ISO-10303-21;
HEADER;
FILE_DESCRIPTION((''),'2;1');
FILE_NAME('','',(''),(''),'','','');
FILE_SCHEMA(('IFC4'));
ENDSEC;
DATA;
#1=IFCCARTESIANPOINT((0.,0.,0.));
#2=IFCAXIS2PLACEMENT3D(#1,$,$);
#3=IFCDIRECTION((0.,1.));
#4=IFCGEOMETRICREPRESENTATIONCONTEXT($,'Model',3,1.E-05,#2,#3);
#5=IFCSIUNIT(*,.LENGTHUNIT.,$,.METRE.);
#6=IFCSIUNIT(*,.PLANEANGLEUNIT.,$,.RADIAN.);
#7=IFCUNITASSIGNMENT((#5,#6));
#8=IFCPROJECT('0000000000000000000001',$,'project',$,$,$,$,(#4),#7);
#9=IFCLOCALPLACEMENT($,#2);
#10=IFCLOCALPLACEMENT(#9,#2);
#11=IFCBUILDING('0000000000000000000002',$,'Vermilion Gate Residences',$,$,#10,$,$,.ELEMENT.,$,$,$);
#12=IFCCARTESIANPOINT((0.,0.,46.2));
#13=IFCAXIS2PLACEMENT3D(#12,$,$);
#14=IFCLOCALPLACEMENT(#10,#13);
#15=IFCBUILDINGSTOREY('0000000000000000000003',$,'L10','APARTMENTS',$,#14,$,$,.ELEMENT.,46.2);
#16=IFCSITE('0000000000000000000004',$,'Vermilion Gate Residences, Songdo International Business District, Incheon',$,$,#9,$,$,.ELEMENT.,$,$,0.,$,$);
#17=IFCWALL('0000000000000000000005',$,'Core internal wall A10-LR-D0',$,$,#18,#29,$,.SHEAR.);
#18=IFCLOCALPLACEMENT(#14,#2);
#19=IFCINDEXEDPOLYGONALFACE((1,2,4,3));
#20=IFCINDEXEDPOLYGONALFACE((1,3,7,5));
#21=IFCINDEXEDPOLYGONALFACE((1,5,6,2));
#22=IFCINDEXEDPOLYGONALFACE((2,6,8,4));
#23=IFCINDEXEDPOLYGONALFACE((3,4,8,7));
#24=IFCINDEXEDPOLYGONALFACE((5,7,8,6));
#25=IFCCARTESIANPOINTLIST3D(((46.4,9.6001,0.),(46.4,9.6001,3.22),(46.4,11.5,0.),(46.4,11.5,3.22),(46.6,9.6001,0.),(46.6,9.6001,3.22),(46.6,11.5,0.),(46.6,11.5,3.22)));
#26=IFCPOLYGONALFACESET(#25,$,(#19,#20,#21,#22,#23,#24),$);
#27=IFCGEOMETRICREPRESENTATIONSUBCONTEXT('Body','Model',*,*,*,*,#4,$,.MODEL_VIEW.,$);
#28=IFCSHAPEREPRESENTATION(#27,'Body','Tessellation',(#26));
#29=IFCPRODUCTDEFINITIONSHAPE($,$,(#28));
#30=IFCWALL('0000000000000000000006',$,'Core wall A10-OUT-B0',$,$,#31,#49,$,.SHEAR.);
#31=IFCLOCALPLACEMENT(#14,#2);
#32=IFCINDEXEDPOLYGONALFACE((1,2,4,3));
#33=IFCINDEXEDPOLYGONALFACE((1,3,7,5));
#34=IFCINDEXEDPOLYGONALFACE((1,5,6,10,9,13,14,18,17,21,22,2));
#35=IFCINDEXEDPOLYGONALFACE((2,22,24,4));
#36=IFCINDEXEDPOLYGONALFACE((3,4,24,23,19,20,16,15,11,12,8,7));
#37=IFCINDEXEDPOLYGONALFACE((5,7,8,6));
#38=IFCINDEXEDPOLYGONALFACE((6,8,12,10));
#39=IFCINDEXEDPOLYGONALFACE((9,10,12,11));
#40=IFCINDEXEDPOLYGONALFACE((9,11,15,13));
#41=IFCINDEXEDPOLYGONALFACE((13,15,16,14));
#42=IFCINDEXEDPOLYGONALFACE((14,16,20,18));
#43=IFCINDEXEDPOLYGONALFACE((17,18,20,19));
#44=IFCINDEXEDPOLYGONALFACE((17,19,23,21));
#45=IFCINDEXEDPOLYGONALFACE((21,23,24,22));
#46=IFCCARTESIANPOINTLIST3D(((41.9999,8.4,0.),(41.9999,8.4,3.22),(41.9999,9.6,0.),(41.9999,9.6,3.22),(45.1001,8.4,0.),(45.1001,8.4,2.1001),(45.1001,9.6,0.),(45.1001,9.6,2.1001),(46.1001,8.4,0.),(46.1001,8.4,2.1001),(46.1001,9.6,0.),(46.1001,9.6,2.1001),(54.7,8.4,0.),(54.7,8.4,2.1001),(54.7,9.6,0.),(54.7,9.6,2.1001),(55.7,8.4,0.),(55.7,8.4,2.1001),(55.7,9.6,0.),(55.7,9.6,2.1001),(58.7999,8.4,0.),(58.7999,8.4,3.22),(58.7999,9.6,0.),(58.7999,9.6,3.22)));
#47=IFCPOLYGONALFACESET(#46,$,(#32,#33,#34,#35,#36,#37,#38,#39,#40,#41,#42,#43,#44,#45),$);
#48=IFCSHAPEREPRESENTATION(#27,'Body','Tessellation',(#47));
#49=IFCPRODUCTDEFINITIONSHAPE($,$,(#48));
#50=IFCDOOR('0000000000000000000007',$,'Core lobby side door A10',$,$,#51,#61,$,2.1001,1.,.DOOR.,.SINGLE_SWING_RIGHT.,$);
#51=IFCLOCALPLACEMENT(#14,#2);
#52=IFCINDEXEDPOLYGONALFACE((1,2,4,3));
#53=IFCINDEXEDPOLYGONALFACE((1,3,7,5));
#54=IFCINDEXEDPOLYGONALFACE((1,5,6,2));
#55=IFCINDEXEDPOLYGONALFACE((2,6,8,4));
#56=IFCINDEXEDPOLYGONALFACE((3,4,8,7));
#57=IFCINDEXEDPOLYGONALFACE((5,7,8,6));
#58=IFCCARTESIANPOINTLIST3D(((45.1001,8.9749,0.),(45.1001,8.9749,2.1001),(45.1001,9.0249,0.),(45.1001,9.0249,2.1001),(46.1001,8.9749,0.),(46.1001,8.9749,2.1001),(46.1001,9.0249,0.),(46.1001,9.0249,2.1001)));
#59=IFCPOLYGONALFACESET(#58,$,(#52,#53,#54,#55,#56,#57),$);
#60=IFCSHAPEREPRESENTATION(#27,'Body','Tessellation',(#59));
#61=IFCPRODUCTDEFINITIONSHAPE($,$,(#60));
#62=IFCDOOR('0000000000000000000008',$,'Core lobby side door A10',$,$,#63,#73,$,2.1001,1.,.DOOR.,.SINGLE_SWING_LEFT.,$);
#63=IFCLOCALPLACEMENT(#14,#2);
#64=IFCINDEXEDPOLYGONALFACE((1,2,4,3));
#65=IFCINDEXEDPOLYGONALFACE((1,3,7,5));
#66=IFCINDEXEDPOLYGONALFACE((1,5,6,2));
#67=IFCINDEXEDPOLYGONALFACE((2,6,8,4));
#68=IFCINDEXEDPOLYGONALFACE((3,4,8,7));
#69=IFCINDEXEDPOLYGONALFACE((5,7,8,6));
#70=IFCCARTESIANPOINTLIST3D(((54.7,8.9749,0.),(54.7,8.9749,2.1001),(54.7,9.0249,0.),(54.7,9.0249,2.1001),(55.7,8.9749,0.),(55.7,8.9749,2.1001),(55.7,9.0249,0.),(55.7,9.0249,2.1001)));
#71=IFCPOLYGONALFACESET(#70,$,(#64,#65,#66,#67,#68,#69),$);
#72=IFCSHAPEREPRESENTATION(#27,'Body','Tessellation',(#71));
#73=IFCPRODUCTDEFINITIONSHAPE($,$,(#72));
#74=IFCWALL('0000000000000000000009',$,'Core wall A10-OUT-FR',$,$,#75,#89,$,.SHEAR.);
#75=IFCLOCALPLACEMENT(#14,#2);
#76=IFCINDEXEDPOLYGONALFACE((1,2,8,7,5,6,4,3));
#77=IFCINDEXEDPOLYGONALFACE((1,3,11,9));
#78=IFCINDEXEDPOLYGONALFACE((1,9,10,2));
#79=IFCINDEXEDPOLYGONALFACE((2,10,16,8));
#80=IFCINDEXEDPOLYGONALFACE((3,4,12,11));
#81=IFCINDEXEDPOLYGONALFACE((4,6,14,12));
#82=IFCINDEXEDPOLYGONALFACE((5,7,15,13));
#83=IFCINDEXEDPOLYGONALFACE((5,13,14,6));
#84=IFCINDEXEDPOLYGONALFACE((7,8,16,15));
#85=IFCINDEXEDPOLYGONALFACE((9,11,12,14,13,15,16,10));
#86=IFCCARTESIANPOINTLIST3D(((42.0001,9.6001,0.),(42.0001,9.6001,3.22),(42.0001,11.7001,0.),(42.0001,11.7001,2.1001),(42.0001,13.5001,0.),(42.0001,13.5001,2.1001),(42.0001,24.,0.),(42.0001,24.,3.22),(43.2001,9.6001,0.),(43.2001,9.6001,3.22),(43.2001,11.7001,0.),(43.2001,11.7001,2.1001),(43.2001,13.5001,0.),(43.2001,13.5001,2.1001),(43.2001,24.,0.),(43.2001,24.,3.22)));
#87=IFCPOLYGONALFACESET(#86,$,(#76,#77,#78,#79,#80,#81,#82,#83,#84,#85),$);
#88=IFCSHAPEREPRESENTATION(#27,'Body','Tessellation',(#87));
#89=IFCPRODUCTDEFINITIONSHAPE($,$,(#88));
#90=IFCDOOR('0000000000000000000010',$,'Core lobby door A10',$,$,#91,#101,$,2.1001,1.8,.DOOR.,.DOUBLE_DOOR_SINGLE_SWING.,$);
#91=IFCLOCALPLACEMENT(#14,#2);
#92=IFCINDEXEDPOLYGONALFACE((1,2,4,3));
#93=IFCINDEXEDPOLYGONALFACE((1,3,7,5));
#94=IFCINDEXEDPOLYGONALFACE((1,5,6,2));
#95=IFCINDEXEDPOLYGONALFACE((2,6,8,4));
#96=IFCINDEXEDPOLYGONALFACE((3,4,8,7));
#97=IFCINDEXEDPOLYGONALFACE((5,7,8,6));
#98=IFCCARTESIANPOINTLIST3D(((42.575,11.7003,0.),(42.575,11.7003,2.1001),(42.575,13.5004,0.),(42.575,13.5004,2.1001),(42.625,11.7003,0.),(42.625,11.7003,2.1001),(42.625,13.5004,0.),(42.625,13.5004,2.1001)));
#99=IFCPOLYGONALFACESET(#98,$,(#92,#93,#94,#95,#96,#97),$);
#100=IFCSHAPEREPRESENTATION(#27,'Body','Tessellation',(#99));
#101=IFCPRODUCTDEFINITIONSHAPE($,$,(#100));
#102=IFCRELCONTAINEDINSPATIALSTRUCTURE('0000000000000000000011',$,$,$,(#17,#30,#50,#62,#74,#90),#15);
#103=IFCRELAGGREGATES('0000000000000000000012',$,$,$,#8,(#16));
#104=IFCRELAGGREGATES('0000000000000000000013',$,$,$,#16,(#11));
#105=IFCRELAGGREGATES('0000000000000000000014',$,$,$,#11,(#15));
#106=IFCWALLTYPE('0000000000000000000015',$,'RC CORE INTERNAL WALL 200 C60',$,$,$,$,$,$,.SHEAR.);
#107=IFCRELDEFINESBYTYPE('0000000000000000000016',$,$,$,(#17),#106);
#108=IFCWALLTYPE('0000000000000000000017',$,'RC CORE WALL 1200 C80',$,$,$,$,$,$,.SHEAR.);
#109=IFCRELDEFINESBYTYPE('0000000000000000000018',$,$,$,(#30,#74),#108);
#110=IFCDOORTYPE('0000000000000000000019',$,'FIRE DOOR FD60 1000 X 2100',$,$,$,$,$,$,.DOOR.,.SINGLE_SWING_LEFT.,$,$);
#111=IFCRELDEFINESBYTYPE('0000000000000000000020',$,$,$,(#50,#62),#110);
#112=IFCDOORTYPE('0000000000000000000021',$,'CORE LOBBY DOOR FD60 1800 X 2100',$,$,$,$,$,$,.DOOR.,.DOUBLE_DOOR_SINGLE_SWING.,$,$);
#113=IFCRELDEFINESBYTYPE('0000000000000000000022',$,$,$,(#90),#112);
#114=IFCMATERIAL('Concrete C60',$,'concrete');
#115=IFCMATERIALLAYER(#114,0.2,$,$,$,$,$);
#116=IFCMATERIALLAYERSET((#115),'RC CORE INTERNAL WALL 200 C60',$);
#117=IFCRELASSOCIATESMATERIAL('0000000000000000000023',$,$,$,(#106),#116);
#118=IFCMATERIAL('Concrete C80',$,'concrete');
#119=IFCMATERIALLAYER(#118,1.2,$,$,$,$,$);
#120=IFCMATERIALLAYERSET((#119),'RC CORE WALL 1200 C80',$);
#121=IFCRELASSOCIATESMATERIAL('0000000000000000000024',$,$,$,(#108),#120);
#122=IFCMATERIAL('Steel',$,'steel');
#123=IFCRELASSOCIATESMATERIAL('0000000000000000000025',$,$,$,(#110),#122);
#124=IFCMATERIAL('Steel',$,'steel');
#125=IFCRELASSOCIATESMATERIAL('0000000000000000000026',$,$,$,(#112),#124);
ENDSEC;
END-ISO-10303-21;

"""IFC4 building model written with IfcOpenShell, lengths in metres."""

from ifc_helpers import new_model, si_unit, direction, frame, frame_2d, origin, place, context, subcontext, project, spatial, rectangle, extrude, material, layer, layer_set, type_object, element, fill, save


model = new_model("IFC4")

# Units and contexts
model_context = context("Model", 3, precision=1e-05, world=origin(), true_north=direction((0.0, 1.0)))
body_context = subcontext(model_context, "Body", "Model", "MODEL_VIEW")
ifc_project = project(units=[si_unit("LENGTHUNIT", "METRE"), si_unit("PLANEANGLEUNIT", "RADIAN")], contexts=[model_context])

# Site, building, storey
site_placement = place(None, origin())
site = spatial("IfcSite", under=ifc_project, at=site_placement, Name="Vermilion Gate Residences, Songdo International Business District, Incheon", CompositionType="ELEMENT", RefElevation=0.0)
building_placement = place(site_placement, origin())
building = spatial("IfcBuilding", under=site, at=building_placement, Name="Vermilion Gate Residences", CompositionType="ELEMENT")
storey_placement = place(building_placement, frame((0.0, 0.0, 46.2)))
storey = spatial("IfcBuildingStorey", under=building, at=storey_placement, Name="L10", Description="APARTMENTS", CompositionType="ELEMENT", Elevation=46.2)

# Wall
ifc_material_1 = material(Name="Concrete C60", Category="concrete")
ifc_layer_1 = layer(ifc_material_1, 0.2)
ifc_layer_set_1 = layer_set([ifc_layer_1], Name="RC CORE INTERNAL WALL 200 C60")
wall_type_1 = type_object("IfcWallType", Name="RC CORE INTERNAL WALL 200 C60", PredefinedType="SHEAR", material=ifc_layer_set_1)
wall_1_placement = place(storey_placement, frame((46.5, 9.6001, 0.0), z_axis=(0.0, 0.0, 1.0), x_axis=(0.0, 1.0, 0.0)))
element("IfcWall", 1, at=wall_1_placement, inside=storey, type_object=wall_type_1, Name="Core internal wall A10-LR-D0", PredefinedType="SHEAR", context=body_context, shape_type="SweptSolid", body=[
    extrude(rectangle(XDim=1.8999, YDim=0.2, at=frame_2d((0.95, 0.0))), origin(), (0.0, 0.0, 1.0), 3.22),
])

# Wall, openings, doors
ifc_material_2 = material(Name="Concrete C80", Category="concrete")
ifc_layer_2 = layer(ifc_material_2, 1.2)
ifc_layer_set_2 = layer_set([ifc_layer_2], Name="RC CORE WALL 1200 C80")
wall_type_2 = type_object("IfcWallType", Name="RC CORE WALL 1200 C80", PredefinedType="SHEAR", material=ifc_layer_set_2)
wall_2_placement = place(storey_placement, frame((42.0, 9.0, 0.0), z_axis=(0.0, 0.0, 1.0), x_axis=(1.0, 0.0, 0.0)))
wall_2 = element("IfcWall", 2, at=wall_2_placement, inside=storey, type_object=wall_type_2, Name="Core wall A10-OUT-B0", PredefinedType="SHEAR", context=body_context, shape_type="SweptSolid", body=[
    extrude(rectangle(XDim=16.8, YDim=1.2, at=frame_2d((8.3999, 0.0))), origin(), (0.0, 0.0, 1.0), 3.22),
])
opening_1_placement = place(wall_2_placement, frame((3.1001, 0.0, 0.0)))
opening_1 = element("IfcOpeningElement", 3, at=opening_1_placement, cuts=wall_2, PredefinedType="OPENING", context=body_context, shape_type="SweptSolid", body=[
    extrude(rectangle(XDim=1.0, YDim=2.1001, at=frame_2d((0.5, 1.05))), frame((0.0, 0.6099, 0.0), z_axis=(0.0, -1.0, 0.0), x_axis=(1.0, 0.0, 0.0)), (0.0, 0.0, 1.0), 1.22),
])
opening_2_placement = place(wall_2_placement, frame((12.7, 0.0, 0.0)))
opening_2 = element("IfcOpeningElement", 4, at=opening_2_placement, cuts=wall_2, PredefinedType="OPENING", context=body_context, shape_type="SweptSolid", body=[
    extrude(rectangle(XDim=1.0, YDim=2.1001, at=frame_2d((0.5, 1.05))), frame((0.0, 0.6099, 0.0), z_axis=(0.0, -1.0, 0.0), x_axis=(1.0, 0.0, 0.0)), (0.0, 0.0, 1.0), 1.22),
])
ifc_material_3 = material(Name="Steel", Category="steel")
door_type_1 = type_object("IfcDoorType", Name="FIRE DOOR FD60 1000 X 2100", OperationType="SINGLE_SWING_LEFT", PredefinedType="DOOR", material=ifc_material_3)
door_1_placement = place(opening_1_placement, origin())
door_1 = element("IfcDoor", 5, at=door_1_placement, inside=storey, type_object=door_type_1, Name="Core lobby side door A10", OperationType="SINGLE_SWING_RIGHT", OverallHeight=2.1001, OverallWidth=1.0, PredefinedType="DOOR", context=body_context, shape_type="SweptSolid", body=[
    extrude(rectangle(XDim=1.0, YDim=2.1001, at=frame_2d((0.5, 1.05))), frame((0.0, 0.0249, 0.0), z_axis=(0.0, -1.0, 0.0), x_axis=(1.0, 0.0, 0.0)), (0.0, 0.0, 1.0), 0.05),
])
fill(opening_1, door_1)
door_2_placement = place(opening_2_placement, origin())
door_2 = element("IfcDoor", 6, at=door_2_placement, inside=storey, type_object=door_type_1, Name="Core lobby side door A10", OperationType="SINGLE_SWING_LEFT", OverallHeight=2.1001, OverallWidth=1.0, PredefinedType="DOOR", context=body_context, shape_type="SweptSolid", body=[
    extrude(rectangle(XDim=1.0, YDim=2.1001, at=frame_2d((0.5, 1.05))), frame((0.0, 0.0249, 0.0), z_axis=(0.0, -1.0, 0.0), x_axis=(1.0, 0.0, 0.0)), (0.0, 0.0, 1.0), 0.05),
])
fill(opening_2, door_2)

# Wall, opening, door
wall_3_placement = place(storey_placement, frame((42.6001, 9.6001, 0.0), z_axis=(0.0, 0.0, 1.0), x_axis=(0.0, 1.0, 0.0)))
wall_3 = element("IfcWall", 7, at=wall_3_placement, inside=storey, type_object=wall_type_2, Name="Core wall A10-OUT-FR", PredefinedType="SHEAR", context=body_context, shape_type="SweptSolid", body=[
    extrude(rectangle(XDim=14.3999, YDim=1.2, at=frame_2d((7.2, 0.0))), origin(), (0.0, 0.0, 1.0), 3.22),
])
opening_3_placement = place(wall_3_placement, frame((2.1001, 0.0, 0.0)))
opening_3 = element("IfcOpeningElement", 8, at=opening_3_placement, cuts=wall_3, PredefinedType="OPENING", context=body_context, shape_type="SweptSolid", body=[
    extrude(rectangle(XDim=1.8, YDim=2.1001, at=frame_2d((0.8999, 1.05))), frame((0.0, 0.6099, 0.0), z_axis=(0.0, -1.0, 0.0), x_axis=(1.0, 0.0, 0.0)), (0.0, 0.0, 1.0), 1.22),
])
ifc_material_4 = material(Name="Steel", Category="steel")
door_type_2 = type_object("IfcDoorType", Name="CORE LOBBY DOOR FD60 1800 X 2100", OperationType="DOUBLE_DOOR_SINGLE_SWING", PredefinedType="DOOR", material=ifc_material_4)
door_3_placement = place(opening_3_placement, frame((1.8, 0.0, 0.0), z_axis=(0.0, 0.0, 1.0), x_axis=(-1.0, 0.0, 0.0)))
door_3 = element("IfcDoor", 9, at=door_3_placement, inside=storey, type_object=door_type_2, Name="Core lobby door A10", OperationType="DOUBLE_DOOR_SINGLE_SWING", OverallHeight=2.1001, OverallWidth=1.8, PredefinedType="DOOR", context=body_context, shape_type="SweptSolid", body=[
    extrude(rectangle(XDim=1.8, YDim=2.1001, at=frame_2d((0.8999, 1.05))), frame((0.0, 0.0249, 0.0), z_axis=(0.0, -1.0, 0.0), x_axis=(1.0, 0.0, 0.0)), (0.0, 0.0, 1.0), 0.05),
])
fill(opening_3, door_3)

save(model, "model.ifc")
